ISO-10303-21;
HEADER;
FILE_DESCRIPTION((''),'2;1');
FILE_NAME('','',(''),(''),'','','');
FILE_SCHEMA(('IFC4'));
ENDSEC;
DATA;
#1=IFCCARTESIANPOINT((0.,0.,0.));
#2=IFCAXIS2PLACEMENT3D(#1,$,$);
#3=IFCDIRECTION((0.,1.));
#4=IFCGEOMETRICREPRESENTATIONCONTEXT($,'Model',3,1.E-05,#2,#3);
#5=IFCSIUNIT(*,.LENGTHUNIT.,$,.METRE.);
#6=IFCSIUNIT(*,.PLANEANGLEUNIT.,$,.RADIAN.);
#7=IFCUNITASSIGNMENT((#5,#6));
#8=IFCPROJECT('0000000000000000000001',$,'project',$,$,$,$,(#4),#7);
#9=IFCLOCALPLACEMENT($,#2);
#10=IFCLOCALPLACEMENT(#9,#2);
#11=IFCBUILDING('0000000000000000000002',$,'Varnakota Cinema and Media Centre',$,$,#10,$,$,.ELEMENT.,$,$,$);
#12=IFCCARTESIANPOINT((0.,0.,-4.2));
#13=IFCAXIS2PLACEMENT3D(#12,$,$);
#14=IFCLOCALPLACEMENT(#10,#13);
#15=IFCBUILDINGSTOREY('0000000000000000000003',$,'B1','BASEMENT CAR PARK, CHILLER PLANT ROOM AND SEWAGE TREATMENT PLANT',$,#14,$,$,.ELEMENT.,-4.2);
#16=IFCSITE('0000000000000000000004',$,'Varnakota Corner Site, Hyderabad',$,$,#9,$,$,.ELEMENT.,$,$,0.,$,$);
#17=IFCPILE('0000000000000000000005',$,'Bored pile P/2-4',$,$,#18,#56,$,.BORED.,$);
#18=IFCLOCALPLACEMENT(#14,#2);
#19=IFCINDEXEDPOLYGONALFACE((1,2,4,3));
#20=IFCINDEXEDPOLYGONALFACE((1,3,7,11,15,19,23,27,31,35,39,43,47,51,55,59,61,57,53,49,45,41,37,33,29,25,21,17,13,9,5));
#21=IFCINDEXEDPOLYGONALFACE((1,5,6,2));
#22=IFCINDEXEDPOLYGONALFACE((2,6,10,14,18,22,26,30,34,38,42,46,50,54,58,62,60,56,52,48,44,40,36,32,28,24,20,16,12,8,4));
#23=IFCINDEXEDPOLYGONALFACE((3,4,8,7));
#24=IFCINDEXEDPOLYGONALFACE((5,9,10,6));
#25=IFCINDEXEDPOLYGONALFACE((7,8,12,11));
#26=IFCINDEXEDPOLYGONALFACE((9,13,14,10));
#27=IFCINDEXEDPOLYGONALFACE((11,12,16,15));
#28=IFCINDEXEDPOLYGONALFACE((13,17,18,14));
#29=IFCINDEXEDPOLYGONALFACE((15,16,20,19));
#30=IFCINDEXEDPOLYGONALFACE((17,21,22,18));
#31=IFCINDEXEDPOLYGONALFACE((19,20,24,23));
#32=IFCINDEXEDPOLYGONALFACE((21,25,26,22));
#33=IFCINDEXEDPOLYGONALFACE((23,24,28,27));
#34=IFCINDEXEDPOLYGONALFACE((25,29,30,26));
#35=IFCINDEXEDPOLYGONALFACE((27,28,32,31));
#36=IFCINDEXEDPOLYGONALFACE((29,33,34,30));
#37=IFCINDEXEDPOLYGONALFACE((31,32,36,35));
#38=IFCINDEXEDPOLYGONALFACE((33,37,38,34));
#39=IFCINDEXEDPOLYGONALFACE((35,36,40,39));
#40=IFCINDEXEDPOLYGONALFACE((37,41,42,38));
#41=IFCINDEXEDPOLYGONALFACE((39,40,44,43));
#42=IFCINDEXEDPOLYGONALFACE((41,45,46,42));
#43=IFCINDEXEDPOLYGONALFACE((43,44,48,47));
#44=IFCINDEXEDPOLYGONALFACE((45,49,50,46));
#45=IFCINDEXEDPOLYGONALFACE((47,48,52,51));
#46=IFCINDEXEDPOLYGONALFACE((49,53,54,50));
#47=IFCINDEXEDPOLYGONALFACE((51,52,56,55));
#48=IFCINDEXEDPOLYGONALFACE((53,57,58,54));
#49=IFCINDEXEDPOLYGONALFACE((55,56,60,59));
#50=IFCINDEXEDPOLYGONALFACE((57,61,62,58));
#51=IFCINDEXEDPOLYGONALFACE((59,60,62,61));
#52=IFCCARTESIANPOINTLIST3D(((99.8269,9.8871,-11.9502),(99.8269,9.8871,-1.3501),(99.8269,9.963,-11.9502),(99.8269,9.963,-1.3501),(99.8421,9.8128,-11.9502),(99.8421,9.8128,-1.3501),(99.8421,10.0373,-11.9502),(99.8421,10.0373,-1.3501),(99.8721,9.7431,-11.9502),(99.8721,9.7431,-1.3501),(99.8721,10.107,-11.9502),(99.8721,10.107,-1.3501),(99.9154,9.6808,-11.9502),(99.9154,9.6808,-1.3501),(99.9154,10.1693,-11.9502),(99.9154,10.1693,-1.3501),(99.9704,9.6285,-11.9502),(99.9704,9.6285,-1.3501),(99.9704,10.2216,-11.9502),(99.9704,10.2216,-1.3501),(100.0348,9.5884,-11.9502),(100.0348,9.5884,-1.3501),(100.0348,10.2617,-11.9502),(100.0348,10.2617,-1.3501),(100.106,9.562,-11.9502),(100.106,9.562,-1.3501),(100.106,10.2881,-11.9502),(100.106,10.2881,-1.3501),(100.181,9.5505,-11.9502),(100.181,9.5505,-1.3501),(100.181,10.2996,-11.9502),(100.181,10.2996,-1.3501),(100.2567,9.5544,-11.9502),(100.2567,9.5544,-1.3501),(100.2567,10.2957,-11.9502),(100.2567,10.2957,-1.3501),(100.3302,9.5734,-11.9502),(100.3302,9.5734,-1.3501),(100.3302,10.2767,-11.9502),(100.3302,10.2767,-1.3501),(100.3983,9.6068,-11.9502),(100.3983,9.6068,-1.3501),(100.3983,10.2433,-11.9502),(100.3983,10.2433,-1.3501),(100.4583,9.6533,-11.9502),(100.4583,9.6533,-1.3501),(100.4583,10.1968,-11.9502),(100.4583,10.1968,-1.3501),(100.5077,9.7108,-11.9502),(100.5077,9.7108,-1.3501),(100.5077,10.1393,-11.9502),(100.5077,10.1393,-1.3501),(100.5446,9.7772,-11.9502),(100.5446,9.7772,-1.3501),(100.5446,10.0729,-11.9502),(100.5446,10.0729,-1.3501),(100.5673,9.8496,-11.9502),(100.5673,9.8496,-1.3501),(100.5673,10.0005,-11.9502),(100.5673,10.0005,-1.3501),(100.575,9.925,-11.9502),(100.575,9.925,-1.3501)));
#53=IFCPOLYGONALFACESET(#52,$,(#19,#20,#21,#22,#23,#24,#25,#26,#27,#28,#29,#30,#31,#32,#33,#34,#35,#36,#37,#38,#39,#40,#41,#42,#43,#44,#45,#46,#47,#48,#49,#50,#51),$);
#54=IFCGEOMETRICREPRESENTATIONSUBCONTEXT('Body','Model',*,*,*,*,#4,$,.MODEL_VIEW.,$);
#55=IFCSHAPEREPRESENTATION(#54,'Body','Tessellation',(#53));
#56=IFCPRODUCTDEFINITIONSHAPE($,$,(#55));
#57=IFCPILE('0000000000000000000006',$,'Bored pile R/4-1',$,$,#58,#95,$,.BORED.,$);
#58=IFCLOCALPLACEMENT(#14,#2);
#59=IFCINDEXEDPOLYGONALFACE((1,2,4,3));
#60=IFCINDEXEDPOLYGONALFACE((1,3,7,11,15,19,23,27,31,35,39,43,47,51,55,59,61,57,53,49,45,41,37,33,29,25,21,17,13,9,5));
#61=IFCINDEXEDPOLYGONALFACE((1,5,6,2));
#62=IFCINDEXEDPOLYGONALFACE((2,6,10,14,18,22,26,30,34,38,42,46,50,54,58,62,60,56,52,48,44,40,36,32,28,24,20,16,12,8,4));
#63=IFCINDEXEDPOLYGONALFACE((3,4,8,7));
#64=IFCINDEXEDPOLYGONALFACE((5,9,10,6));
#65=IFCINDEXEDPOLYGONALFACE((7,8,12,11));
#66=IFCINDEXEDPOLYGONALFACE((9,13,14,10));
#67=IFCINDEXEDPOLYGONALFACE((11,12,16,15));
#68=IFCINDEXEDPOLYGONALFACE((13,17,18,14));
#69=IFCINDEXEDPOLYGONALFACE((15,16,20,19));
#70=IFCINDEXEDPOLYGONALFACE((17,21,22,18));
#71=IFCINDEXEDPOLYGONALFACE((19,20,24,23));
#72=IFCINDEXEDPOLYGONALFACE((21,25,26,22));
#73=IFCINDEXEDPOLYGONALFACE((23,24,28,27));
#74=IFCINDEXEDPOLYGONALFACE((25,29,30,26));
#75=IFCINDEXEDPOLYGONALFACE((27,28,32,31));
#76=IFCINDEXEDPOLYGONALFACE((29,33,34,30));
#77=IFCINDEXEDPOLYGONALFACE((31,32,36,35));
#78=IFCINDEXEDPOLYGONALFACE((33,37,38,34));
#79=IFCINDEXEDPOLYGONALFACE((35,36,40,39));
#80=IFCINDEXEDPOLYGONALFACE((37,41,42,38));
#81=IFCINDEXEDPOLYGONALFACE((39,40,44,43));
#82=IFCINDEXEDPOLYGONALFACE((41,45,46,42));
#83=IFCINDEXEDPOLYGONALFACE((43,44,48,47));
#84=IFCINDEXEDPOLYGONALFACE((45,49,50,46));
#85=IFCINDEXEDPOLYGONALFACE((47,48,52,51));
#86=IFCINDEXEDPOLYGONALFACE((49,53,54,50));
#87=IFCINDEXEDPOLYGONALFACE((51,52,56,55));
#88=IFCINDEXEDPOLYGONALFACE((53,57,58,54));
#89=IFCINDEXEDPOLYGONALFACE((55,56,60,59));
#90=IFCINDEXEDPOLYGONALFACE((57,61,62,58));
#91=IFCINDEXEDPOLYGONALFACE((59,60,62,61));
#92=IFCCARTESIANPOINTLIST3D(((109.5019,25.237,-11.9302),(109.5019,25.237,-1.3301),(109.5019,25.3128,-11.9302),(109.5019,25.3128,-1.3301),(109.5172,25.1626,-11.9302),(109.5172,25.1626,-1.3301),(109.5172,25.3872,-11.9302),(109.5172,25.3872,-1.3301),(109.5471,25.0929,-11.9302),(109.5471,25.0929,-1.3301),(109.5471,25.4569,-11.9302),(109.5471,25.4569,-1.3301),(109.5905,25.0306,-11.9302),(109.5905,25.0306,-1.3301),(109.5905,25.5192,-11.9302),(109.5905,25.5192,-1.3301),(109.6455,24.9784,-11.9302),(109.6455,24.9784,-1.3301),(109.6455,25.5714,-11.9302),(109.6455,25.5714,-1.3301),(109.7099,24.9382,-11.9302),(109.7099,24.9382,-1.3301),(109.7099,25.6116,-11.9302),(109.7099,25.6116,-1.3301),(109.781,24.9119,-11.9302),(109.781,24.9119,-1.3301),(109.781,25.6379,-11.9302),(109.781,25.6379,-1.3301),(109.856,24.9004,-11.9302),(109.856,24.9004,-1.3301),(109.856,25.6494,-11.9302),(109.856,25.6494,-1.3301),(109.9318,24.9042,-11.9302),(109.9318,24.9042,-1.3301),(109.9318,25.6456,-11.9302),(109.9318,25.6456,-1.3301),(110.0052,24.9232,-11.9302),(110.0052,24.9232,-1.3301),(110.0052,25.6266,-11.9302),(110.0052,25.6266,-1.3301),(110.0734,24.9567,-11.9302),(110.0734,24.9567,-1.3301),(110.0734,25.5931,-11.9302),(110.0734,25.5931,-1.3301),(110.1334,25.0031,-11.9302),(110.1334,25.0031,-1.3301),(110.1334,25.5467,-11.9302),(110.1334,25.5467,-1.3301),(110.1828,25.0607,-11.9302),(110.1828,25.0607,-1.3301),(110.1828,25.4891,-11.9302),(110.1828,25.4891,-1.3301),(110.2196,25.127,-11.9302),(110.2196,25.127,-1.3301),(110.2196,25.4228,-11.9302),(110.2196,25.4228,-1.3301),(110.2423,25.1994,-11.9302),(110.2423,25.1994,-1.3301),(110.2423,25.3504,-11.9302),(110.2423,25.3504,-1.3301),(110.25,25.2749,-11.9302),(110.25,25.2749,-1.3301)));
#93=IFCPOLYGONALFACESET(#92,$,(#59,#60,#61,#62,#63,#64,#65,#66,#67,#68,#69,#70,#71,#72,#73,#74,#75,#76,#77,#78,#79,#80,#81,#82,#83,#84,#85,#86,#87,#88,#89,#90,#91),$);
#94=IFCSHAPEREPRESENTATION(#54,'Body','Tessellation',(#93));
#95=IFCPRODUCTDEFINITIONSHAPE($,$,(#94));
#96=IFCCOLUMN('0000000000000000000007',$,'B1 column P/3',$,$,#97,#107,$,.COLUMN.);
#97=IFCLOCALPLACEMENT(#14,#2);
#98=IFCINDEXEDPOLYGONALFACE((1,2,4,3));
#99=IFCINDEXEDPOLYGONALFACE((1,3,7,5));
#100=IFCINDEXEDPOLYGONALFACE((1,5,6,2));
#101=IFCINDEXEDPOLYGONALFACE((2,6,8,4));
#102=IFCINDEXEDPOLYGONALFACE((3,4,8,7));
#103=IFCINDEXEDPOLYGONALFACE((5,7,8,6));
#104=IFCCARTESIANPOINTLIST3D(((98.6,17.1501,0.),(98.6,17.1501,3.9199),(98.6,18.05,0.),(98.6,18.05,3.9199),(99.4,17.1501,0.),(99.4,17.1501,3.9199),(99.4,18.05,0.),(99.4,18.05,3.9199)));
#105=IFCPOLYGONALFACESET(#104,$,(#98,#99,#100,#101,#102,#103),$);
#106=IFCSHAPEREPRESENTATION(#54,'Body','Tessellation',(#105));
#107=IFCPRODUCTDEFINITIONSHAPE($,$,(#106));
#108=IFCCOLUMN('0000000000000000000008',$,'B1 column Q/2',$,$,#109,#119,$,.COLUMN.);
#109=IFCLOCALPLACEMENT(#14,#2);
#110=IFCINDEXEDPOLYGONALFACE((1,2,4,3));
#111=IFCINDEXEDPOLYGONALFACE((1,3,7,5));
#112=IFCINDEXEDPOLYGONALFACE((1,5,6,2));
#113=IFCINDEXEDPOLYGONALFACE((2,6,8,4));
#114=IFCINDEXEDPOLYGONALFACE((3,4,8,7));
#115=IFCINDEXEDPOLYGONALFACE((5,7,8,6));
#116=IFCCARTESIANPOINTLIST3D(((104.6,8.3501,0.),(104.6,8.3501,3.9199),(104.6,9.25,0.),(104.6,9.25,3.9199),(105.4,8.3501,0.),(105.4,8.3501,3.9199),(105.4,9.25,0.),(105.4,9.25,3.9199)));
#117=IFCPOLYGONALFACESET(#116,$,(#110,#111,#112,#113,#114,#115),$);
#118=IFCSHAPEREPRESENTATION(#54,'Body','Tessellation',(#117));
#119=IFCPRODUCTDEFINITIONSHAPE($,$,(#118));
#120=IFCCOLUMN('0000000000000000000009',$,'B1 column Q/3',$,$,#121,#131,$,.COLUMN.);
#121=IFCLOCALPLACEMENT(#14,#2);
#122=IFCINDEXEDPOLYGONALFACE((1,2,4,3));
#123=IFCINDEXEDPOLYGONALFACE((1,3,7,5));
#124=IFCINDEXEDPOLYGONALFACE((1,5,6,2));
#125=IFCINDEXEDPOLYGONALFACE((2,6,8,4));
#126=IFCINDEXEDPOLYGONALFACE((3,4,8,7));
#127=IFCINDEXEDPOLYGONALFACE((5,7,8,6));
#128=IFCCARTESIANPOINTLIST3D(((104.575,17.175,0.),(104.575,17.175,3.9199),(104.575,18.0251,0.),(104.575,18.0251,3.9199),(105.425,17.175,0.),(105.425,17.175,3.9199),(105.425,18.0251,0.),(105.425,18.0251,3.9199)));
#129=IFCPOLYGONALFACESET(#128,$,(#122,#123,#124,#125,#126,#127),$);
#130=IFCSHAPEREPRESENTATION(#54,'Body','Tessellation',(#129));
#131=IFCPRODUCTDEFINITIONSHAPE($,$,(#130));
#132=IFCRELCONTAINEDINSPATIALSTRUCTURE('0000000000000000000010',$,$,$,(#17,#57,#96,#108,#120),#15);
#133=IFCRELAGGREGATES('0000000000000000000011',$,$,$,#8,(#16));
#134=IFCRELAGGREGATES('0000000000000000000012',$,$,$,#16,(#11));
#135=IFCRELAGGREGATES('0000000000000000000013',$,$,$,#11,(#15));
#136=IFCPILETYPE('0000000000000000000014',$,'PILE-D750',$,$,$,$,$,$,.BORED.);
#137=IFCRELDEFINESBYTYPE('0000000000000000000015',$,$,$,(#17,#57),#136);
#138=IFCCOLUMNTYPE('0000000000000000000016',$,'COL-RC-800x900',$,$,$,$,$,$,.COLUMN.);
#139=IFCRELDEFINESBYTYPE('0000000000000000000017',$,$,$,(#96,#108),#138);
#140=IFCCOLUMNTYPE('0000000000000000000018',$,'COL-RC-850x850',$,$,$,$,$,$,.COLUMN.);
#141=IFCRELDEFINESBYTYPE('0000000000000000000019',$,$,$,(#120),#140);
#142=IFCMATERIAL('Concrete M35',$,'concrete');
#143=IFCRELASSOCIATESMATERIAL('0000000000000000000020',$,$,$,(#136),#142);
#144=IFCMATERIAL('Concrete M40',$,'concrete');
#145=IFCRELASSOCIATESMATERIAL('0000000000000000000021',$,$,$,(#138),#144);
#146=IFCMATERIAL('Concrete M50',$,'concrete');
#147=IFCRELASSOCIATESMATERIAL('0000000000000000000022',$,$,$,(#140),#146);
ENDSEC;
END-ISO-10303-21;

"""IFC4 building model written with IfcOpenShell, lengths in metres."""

from ifc_helpers import new_model, si_unit, direction, frame, origin, origin_2d, place, context, subcontext, project, spatial, rectangle, circle, extrude, material, material_profile, profile_set, type_object, element, save


model = new_model("IFC4")

# Units and contexts
model_context = context("Model", 3, precision=1e-05, world=origin(), true_north=direction((0.0, 1.0)))
body_context = subcontext(model_context, "Body", "Model", "MODEL_VIEW")
ifc_project = project(units=[si_unit("LENGTHUNIT", "METRE"), si_unit("PLANEANGLEUNIT", "RADIAN")], contexts=[model_context])

# Site, building, storey
site_placement = place(None, origin())
site = spatial("IfcSite", under=ifc_project, at=site_placement, Name="Varnakota Corner Site, Hyderabad", CompositionType="ELEMENT", RefElevation=0.0)
building_placement = place(site_placement, origin())
building = spatial("IfcBuilding", under=site, at=building_placement, Name="Varnakota Cinema and Media Centre", CompositionType="ELEMENT")
storey_placement = place(building_placement, frame((0.0, 0.0, -4.2)))
storey = spatial("IfcBuildingStorey", under=building, at=storey_placement, Name="B1", Description="BASEMENT CAR PARK, CHILLER PLANT ROOM AND SEWAGE TREATMENT PLANT", CompositionType="ELEMENT", Elevation=-4.2)

# Piles
ifc_material_1 = material(Name="Concrete M35", Category="concrete")
ifc_material_profile_1 = material_profile(ifc_material_1, circle(Radius=0.375, at=origin_2d()), Name="PILE D750")
ifc_profile_set_1 = profile_set([ifc_material_profile_1], Name="Concrete M35")
pile_type_1 = type_object("IfcPileType", Name="PILE-D750", PredefinedType="BORED", material=ifc_profile_set_1)
for number, where, z_axis, x_axis, name in (
    (1, (100.2, 9.925, -1.3501), (0.0, 0.0, -1.0), (1.0, 0.0, 0.0), "Bored pile P/2-4"),
    (2, (109.875, 25.2749, -1.3301), (0.0, 0.0, -1.0), (1.0, 0.0, 0.0), "Bored pile R/4-1"),
):
    element("IfcPile", number, at=place(storey_placement, frame(where, z_axis=z_axis, x_axis=x_axis)), inside=storey, type_object=pile_type_1, Name=name, PredefinedType="BORED", context=body_context, shape_type="SweptSolid", body=[
        extrude(circle(Radius=0.375, at=origin_2d()), origin(), (0.0, 0.0, 1.0), 10.6001),
    ])

# Columns
ifc_material_2 = material(Name="Concrete M40", Category="concrete")
ifc_material_profile_2 = material_profile(ifc_material_2, rectangle(XDim=0.8, YDim=0.8999, at=origin_2d()), Name="RC 800x900")
ifc_profile_set_2 = profile_set([ifc_material_profile_2], Name="Concrete M40")
column_type_1 = type_object("IfcColumnType", Name="COL-RC-800x900", PredefinedType="COLUMN", material=ifc_profile_set_2)
for number, where, z_axis, x_axis, name in (
    (3, (99.0, 17.6001, 0.0), (0.0, 0.0, 1.0), (1.0, 0.0, 0.0), "B1 column P/3"),
    (4, (105.0, 8.8, 0.0), (0.0, 0.0, 1.0), (1.0, 0.0, 0.0), "B1 column Q/2"),
):
    element("IfcColumn", number, at=place(storey_placement, frame(where, z_axis=z_axis, x_axis=x_axis)), inside=storey, type_object=column_type_1, Name=name, PredefinedType="COLUMN", context=body_context, shape_type="SweptSolid", body=[
        extrude(rectangle(XDim=0.8, YDim=0.8999, at=origin_2d()), origin(), (0.0, 0.0, 1.0), 3.9199),
    ])
ifc_material_3 = material(Name="Concrete M50", Category="concrete")
ifc_material_profile_3 = material_profile(ifc_material_3, rectangle(XDim=0.8501, YDim=0.8501, at=origin_2d()), Name="RC 850x850")
ifc_profile_set_3 = profile_set([ifc_material_profile_3], Name="Concrete M50")
column_type_2 = type_object("IfcColumnType", Name="COL-RC-850x850", PredefinedType="COLUMN", material=ifc_profile_set_3)
column_placement = place(storey_placement, frame((105.0, 17.6001, 0.0), z_axis=(0.0, 0.0, 1.0), x_axis=(1.0, 0.0, 0.0)))
element("IfcColumn", 5, at=column_placement, inside=storey, type_object=column_type_2, Name="B1 column Q/3", PredefinedType="COLUMN", context=body_context, shape_type="SweptSolid", body=[
    extrude(rectangle(XDim=0.8501, YDim=0.8501, at=origin_2d()), origin(), (0.0, 0.0, 1.0), 3.9199),
])

save(model, "model.ifc")
